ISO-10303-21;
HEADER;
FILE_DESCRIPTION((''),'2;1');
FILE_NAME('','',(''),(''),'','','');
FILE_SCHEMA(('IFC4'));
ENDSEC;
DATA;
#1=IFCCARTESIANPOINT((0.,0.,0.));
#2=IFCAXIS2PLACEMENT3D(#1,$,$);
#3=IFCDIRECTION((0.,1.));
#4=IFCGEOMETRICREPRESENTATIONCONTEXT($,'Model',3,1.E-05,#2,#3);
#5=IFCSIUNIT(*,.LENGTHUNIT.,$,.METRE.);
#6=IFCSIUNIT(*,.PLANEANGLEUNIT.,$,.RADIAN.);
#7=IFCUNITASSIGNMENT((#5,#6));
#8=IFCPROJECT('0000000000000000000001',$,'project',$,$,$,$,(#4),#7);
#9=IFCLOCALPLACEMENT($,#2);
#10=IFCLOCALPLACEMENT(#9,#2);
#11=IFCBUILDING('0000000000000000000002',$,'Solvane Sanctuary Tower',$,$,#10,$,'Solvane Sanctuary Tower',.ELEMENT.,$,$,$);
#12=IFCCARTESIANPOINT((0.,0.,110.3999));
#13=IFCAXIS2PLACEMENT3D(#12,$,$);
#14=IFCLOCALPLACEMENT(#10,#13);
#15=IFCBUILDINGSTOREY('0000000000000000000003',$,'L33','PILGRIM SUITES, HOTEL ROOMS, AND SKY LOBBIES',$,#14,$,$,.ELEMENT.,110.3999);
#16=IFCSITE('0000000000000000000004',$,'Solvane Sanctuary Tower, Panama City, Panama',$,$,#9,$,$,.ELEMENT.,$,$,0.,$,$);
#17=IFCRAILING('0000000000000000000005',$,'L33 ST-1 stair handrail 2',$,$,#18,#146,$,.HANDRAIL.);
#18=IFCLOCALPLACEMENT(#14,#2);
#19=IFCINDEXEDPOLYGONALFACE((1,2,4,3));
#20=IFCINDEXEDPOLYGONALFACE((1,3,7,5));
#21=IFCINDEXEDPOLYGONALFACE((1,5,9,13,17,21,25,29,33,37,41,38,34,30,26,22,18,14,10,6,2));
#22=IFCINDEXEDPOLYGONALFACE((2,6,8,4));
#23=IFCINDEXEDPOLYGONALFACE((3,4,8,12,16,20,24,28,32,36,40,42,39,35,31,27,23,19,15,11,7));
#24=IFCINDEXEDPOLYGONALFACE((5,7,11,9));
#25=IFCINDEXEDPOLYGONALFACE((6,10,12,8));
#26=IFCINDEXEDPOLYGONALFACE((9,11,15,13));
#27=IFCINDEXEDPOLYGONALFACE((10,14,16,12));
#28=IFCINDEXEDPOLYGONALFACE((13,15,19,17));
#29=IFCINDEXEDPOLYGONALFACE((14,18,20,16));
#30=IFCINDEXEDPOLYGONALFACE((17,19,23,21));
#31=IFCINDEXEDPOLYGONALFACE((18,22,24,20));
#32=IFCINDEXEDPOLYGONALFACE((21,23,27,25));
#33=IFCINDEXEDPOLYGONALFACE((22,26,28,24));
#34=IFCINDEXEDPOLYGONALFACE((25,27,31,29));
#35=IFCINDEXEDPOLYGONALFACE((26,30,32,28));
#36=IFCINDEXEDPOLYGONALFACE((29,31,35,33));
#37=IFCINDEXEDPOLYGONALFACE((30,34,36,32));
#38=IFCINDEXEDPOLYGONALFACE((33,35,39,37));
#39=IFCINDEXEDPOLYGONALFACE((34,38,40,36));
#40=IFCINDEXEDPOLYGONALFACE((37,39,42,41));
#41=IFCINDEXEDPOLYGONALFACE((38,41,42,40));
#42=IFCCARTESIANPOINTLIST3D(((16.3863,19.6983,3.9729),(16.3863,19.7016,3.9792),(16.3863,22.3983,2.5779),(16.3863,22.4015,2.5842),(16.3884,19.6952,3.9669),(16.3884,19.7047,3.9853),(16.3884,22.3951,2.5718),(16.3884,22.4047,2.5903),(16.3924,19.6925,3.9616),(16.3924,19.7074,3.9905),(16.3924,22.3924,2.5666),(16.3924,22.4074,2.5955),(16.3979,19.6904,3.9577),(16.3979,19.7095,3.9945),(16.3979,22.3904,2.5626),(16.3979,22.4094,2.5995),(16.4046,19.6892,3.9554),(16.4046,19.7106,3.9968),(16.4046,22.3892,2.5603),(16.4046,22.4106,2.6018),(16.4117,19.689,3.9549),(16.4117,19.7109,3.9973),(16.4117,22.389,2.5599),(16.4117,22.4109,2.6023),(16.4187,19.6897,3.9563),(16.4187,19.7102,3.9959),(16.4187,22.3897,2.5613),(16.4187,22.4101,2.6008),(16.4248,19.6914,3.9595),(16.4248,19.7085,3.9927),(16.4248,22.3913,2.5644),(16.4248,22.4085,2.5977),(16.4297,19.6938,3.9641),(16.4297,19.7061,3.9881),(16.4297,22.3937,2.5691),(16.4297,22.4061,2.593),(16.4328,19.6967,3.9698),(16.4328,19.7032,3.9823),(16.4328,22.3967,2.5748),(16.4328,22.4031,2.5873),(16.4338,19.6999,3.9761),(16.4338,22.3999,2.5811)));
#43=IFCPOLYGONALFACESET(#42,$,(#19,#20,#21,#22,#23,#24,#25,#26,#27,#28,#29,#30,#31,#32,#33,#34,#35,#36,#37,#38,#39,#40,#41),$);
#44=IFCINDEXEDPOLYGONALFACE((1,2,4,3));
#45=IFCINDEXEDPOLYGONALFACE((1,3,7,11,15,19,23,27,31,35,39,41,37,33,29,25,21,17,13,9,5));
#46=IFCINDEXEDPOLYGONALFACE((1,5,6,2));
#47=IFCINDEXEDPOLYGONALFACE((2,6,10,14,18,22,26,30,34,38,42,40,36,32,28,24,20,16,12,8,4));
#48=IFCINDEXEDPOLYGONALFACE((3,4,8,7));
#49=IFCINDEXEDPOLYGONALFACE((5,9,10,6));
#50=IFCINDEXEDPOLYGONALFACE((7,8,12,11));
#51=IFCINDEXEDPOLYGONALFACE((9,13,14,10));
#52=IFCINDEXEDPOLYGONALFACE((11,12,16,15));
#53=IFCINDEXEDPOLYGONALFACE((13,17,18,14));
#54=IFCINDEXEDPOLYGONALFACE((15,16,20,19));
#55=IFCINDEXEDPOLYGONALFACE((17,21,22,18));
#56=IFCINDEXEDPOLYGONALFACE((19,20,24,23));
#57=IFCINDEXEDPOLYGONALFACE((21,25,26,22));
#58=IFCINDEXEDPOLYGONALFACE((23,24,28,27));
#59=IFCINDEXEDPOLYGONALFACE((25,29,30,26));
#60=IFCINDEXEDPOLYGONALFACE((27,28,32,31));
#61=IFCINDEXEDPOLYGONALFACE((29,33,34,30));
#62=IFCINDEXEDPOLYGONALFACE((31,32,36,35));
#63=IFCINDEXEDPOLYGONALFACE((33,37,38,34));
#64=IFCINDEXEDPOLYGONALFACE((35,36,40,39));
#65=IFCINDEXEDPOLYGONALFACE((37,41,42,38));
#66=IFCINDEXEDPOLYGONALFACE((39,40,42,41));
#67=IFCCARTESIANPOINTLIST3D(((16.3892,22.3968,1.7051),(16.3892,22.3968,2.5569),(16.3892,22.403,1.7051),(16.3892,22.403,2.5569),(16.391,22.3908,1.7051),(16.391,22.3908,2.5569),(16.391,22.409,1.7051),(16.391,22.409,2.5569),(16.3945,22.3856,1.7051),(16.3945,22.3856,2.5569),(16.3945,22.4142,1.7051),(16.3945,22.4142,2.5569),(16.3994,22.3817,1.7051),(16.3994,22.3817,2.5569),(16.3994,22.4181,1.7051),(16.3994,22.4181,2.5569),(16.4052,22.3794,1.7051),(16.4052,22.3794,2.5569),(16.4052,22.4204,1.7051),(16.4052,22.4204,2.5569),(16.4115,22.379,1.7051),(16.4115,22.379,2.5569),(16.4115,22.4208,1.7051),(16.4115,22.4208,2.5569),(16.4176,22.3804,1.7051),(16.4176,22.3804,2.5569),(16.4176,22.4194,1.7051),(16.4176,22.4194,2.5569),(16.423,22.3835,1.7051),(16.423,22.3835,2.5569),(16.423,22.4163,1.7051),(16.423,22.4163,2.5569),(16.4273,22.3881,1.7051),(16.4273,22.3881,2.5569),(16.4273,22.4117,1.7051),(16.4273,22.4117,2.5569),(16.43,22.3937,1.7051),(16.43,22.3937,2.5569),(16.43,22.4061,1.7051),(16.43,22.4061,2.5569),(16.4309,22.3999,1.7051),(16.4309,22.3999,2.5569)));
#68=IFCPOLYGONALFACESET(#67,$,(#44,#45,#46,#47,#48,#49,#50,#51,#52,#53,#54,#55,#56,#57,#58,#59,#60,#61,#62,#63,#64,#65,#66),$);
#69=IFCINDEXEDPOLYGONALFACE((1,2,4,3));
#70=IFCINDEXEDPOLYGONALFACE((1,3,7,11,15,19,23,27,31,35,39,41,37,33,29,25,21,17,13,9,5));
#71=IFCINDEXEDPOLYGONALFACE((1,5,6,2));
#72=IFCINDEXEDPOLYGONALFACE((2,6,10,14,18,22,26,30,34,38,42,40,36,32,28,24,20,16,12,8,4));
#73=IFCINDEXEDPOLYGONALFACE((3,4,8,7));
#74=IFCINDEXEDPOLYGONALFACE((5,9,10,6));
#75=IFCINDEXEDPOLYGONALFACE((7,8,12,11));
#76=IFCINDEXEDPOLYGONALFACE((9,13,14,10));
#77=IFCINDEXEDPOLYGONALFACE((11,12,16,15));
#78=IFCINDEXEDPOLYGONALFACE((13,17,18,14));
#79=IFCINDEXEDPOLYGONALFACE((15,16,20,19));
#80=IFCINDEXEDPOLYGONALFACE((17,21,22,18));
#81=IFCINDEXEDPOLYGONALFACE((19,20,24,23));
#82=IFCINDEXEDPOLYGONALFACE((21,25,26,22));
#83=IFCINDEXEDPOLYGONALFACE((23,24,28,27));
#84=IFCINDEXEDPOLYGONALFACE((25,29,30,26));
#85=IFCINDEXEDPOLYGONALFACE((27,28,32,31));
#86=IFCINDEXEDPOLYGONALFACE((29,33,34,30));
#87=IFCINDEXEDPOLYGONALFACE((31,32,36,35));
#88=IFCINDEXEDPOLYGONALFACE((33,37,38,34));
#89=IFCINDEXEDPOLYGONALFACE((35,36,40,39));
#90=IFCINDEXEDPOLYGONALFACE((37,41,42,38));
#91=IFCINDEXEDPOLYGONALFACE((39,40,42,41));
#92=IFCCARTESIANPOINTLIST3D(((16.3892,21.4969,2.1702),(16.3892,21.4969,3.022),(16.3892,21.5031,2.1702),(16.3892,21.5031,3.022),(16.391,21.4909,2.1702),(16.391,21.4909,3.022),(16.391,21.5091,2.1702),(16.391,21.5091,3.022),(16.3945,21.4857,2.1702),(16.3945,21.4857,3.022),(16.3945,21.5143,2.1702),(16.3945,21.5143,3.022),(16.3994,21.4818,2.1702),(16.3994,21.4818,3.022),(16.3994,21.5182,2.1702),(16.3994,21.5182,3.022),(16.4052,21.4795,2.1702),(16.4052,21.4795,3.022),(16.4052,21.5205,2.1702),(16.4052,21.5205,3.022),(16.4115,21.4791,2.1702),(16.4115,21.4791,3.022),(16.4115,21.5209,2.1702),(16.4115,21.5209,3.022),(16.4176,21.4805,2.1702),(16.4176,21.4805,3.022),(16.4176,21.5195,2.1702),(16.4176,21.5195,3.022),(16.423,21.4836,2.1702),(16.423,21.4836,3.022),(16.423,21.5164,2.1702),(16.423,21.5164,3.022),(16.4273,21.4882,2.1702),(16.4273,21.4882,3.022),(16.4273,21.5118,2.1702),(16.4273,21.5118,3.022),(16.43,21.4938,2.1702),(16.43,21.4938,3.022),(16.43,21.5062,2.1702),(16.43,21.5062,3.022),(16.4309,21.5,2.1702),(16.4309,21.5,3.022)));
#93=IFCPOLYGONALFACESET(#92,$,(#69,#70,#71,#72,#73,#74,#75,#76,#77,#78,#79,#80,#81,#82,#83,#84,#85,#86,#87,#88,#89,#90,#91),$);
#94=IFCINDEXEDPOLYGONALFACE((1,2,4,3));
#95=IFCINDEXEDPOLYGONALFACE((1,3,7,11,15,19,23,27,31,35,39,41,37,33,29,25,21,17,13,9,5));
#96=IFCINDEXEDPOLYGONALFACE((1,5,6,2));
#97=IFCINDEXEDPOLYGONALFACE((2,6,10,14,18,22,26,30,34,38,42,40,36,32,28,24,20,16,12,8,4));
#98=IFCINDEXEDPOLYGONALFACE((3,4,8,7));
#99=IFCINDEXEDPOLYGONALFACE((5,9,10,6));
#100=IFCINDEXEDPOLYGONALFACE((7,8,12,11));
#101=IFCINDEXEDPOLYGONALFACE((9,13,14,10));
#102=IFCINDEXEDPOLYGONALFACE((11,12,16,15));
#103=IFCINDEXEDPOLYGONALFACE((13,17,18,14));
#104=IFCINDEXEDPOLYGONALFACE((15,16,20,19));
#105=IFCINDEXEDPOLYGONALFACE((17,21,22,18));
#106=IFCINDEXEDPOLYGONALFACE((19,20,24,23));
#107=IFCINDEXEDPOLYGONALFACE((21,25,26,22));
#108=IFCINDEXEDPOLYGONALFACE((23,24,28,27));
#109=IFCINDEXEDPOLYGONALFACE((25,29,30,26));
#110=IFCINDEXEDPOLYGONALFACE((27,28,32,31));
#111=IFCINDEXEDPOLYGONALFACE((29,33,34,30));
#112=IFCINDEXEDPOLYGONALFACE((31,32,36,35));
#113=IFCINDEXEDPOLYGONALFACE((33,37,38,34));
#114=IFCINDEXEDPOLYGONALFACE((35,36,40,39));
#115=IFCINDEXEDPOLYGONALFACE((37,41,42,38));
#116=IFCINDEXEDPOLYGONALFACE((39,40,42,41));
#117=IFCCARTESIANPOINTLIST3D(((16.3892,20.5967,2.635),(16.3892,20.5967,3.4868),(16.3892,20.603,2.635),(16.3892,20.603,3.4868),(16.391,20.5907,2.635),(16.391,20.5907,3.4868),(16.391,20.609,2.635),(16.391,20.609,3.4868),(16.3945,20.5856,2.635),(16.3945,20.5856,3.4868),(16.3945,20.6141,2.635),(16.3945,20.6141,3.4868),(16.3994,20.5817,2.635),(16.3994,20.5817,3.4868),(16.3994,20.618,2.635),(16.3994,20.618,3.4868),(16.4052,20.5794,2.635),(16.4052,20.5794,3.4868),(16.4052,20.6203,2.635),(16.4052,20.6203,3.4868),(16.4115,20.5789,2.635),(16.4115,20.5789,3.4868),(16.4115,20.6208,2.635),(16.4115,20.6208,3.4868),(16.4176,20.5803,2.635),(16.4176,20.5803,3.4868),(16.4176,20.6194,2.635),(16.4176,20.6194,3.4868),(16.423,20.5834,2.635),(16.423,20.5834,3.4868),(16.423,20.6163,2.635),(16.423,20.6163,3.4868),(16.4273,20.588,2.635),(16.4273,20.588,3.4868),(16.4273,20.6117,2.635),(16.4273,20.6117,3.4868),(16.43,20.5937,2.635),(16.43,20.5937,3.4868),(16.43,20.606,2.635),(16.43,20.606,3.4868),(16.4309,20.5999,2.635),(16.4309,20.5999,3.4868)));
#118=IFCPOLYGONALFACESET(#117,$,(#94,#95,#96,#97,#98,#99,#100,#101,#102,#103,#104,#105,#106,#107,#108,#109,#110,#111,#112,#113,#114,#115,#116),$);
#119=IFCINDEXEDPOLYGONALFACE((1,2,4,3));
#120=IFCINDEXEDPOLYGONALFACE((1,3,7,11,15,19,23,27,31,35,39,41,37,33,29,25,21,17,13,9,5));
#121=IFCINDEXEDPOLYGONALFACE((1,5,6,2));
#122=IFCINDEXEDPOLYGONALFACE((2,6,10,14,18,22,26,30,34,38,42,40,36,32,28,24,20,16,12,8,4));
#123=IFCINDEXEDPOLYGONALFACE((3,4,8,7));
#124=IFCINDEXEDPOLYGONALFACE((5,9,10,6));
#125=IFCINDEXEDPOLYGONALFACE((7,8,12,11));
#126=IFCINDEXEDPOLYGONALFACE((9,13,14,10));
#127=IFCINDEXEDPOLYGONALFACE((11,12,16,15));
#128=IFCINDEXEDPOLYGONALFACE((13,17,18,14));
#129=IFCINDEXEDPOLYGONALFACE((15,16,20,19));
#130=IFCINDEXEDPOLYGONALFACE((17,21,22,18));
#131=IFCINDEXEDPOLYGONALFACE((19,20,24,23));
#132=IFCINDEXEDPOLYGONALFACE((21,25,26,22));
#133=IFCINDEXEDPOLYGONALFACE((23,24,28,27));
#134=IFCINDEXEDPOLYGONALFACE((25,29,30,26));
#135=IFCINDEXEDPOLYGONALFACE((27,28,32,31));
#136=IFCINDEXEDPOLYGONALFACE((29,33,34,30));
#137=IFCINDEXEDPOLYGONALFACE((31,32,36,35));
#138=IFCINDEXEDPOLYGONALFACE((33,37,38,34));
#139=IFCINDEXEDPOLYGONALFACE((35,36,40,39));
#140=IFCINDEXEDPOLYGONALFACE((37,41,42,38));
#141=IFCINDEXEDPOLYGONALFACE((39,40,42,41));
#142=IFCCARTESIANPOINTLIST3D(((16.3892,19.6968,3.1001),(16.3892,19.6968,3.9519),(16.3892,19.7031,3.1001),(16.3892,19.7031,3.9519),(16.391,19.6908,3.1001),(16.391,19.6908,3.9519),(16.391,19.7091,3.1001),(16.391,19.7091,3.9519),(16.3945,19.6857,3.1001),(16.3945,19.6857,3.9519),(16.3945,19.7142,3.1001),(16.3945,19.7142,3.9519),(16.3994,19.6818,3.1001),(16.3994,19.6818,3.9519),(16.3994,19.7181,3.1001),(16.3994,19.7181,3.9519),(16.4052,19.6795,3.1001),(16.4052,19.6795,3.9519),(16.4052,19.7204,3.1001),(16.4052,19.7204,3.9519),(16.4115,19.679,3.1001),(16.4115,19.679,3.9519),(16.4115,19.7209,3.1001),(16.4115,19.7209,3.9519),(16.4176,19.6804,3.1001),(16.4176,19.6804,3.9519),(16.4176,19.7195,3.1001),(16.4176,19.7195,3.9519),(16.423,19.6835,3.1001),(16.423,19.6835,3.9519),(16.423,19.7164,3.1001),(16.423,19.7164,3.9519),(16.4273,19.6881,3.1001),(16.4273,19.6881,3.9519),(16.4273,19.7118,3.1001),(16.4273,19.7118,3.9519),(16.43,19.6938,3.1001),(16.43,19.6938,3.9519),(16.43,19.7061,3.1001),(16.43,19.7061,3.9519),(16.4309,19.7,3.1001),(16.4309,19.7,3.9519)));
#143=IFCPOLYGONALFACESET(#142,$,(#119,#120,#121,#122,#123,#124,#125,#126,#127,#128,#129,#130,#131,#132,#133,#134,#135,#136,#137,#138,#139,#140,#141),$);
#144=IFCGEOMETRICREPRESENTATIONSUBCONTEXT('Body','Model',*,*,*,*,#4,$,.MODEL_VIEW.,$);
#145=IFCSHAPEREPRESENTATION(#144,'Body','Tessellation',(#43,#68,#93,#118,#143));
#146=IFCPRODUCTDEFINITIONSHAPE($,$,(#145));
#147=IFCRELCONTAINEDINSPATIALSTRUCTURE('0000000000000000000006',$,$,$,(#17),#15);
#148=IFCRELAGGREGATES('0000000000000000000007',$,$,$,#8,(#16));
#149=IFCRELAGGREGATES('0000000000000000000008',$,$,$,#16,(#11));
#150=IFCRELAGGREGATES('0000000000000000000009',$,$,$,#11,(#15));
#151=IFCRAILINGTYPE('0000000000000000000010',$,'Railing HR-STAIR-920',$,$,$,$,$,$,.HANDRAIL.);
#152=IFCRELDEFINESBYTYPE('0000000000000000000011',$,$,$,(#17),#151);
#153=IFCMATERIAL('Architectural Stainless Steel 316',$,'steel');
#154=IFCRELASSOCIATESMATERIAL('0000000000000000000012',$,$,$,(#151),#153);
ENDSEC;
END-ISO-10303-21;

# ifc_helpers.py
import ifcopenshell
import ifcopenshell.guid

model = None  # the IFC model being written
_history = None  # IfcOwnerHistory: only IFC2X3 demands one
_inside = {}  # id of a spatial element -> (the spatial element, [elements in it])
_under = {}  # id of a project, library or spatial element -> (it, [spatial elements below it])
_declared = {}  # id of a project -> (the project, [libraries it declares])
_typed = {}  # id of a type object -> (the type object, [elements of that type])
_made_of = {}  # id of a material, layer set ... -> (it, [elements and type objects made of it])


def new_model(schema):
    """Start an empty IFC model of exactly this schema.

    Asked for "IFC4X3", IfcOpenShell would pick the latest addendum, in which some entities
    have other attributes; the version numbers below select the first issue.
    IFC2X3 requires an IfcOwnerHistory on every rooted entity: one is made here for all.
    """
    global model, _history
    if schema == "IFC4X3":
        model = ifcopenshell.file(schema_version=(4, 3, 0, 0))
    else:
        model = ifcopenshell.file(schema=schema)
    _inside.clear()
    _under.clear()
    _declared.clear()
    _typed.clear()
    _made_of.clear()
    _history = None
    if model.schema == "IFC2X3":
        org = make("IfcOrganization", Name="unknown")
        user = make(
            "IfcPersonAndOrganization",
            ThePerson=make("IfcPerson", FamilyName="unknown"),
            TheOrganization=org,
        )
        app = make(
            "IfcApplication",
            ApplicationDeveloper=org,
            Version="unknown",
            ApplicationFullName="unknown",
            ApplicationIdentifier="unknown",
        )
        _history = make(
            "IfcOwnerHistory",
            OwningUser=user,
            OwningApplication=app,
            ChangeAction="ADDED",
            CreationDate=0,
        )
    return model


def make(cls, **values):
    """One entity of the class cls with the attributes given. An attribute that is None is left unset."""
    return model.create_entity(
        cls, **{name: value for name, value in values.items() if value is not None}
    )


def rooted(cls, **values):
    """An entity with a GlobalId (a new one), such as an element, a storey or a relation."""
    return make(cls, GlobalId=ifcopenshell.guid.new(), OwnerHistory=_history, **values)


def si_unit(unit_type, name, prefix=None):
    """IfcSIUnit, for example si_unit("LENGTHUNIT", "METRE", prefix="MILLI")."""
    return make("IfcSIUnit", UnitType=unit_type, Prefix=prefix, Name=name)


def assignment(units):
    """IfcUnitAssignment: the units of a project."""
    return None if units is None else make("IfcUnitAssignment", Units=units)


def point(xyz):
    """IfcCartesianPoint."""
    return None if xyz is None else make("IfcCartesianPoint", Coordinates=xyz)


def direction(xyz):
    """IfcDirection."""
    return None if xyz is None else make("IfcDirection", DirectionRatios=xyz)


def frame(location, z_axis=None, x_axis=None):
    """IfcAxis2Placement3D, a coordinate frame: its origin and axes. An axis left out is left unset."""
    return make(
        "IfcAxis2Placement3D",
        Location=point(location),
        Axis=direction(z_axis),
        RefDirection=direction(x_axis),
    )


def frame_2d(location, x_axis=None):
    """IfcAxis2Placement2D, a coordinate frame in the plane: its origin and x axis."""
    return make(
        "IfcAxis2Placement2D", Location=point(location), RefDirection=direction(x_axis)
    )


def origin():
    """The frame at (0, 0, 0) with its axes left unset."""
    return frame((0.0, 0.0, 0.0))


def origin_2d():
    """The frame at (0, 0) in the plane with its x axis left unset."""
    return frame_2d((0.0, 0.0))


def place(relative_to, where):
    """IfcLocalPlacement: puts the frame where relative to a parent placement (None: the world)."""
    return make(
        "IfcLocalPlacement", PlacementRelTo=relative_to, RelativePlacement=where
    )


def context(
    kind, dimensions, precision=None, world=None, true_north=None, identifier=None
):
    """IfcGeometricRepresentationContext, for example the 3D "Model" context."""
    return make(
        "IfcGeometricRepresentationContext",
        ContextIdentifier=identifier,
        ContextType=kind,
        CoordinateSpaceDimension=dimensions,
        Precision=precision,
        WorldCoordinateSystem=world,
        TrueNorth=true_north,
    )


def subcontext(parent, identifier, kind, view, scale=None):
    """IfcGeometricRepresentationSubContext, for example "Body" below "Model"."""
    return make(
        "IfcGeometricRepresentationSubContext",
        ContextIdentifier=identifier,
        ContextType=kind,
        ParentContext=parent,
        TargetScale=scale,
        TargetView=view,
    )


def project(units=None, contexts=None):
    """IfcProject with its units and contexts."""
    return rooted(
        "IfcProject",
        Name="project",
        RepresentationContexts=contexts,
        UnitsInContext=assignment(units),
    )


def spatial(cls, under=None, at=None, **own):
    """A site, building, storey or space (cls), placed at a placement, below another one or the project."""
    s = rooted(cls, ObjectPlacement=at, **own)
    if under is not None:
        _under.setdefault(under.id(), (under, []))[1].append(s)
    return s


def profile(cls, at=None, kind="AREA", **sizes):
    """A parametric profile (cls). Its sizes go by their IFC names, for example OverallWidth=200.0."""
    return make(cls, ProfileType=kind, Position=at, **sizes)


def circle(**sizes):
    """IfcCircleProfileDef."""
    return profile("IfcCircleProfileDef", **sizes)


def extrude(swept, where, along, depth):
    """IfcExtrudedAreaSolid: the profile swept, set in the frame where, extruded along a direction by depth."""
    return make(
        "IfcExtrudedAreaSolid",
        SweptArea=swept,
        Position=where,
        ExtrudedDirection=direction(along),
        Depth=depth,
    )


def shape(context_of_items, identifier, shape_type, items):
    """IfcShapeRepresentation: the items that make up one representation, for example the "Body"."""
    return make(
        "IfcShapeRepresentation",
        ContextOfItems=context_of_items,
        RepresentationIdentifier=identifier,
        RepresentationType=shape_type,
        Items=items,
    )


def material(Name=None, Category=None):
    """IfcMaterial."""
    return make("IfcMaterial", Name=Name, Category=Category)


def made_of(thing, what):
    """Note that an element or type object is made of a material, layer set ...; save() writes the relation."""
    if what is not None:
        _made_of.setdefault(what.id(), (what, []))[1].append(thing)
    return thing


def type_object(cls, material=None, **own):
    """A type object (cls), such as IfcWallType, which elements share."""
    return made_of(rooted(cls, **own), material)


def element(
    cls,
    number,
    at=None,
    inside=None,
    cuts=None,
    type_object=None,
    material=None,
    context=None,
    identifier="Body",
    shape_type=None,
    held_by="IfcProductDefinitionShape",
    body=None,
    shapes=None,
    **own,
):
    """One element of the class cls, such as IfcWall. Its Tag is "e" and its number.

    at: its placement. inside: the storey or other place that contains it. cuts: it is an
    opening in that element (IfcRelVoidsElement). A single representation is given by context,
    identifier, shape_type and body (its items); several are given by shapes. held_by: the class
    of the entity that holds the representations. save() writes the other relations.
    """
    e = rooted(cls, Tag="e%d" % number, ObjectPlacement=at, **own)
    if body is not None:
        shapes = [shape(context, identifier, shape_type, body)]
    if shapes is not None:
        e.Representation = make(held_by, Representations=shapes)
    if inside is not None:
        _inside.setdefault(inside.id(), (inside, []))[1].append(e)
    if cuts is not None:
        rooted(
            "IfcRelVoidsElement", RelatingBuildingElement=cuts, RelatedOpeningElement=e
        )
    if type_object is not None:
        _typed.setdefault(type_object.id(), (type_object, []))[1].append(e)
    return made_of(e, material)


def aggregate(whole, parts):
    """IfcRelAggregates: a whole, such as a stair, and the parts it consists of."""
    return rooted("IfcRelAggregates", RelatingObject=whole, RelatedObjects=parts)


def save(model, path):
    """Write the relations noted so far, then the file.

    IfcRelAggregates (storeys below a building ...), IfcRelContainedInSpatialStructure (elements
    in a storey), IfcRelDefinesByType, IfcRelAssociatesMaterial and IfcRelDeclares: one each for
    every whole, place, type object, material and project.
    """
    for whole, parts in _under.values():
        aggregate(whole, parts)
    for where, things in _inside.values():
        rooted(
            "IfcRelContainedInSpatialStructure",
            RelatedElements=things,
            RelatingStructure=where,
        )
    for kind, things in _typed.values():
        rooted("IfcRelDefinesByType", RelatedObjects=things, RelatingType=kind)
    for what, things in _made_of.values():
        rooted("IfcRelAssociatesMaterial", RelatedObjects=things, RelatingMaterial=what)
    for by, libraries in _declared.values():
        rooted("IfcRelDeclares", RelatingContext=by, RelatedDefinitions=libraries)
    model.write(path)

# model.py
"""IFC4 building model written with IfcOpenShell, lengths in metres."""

from ifc_helpers import new_model, si_unit, direction, frame, origin, origin_2d, place, context, subcontext, project, spatial, circle, extrude, material, type_object, element, save


model = new_model("IFC4")

# Units and contexts
model_context = context("Model", 3, precision=1e-05, world=origin(), true_north=direction((0.0, 1.0)))
body_context = subcontext(model_context, "Body", "Model", "MODEL_VIEW")
ifc_project = project(units=[si_unit("LENGTHUNIT", "METRE"), si_unit("PLANEANGLEUNIT", "RADIAN")], contexts=[model_context])

# Site, building, storey
site_placement = place(None, origin())
site = spatial("IfcSite", under=ifc_project, at=site_placement, Name="Solvane Sanctuary Tower, Panama City, Panama", CompositionType="ELEMENT", RefElevation=0.0)
building_placement = place(site_placement, origin())
building = spatial("IfcBuilding", under=site, at=building_placement, Name="Solvane Sanctuary Tower", LongName="Solvane Sanctuary Tower", CompositionType="ELEMENT")
storey_placement = place(building_placement, frame((0.0, 0.0, 110.3999)))
storey = spatial("IfcBuildingStorey", under=building, at=storey_placement, Name="L33", Description="PILGRIM SUITES, HOTEL ROOMS, AND SKY LOBBIES", CompositionType="ELEMENT", Elevation=110.3999)

# Shared definitions
ifc_material_1 = material(Name="Architectural Stainless Steel 316", Category="steel")

# Railing
railing_type_1 = type_object("IfcRailingType", Name="Railing HR-STAIR-920", PredefinedType="HANDRAIL", material=ifc_material_1)
railing_1_placement = place(storey_placement, frame((16.4099, 22.3999, 1.7051)))
element("IfcRailing", 1, at=railing_1_placement, inside=storey, type_object=railing_type_1, Name="L33 ST-1 stair handrail 2", PredefinedType="HANDRAIL", context=body_context, shape_type="SweptSolid", body=[
    extrude(circle(Radius=0.0239, at=origin_2d()), frame((0.0, 0.0, 0.876), z_axis=(0.0, -0.88842, 0.459032), x_axis=(1.0, 0.0, 0.0)), (0.0, 0.0, 1.0), 3.0391),
    extrude(circle(Radius=0.021, at=origin_2d()), origin(), (0.0, 0.0, 1.0), 0.8518),
    extrude(circle(Radius=0.021, at=origin_2d()), frame((0.0, -0.8999, 0.4651)), (0.0, 0.0, 1.0), 0.8518),
    extrude(circle(Radius=0.021, at=origin_2d()), frame((0.0, -1.8, 0.9299)), (0.0, 0.0, 1.0), 0.8518),
    extrude(circle(Radius=0.021, at=origin_2d()), frame((0.0, -2.7, 1.395)), (0.0, 0.0, 1.0), 0.8518),
])

save(model, "model.ifc")
